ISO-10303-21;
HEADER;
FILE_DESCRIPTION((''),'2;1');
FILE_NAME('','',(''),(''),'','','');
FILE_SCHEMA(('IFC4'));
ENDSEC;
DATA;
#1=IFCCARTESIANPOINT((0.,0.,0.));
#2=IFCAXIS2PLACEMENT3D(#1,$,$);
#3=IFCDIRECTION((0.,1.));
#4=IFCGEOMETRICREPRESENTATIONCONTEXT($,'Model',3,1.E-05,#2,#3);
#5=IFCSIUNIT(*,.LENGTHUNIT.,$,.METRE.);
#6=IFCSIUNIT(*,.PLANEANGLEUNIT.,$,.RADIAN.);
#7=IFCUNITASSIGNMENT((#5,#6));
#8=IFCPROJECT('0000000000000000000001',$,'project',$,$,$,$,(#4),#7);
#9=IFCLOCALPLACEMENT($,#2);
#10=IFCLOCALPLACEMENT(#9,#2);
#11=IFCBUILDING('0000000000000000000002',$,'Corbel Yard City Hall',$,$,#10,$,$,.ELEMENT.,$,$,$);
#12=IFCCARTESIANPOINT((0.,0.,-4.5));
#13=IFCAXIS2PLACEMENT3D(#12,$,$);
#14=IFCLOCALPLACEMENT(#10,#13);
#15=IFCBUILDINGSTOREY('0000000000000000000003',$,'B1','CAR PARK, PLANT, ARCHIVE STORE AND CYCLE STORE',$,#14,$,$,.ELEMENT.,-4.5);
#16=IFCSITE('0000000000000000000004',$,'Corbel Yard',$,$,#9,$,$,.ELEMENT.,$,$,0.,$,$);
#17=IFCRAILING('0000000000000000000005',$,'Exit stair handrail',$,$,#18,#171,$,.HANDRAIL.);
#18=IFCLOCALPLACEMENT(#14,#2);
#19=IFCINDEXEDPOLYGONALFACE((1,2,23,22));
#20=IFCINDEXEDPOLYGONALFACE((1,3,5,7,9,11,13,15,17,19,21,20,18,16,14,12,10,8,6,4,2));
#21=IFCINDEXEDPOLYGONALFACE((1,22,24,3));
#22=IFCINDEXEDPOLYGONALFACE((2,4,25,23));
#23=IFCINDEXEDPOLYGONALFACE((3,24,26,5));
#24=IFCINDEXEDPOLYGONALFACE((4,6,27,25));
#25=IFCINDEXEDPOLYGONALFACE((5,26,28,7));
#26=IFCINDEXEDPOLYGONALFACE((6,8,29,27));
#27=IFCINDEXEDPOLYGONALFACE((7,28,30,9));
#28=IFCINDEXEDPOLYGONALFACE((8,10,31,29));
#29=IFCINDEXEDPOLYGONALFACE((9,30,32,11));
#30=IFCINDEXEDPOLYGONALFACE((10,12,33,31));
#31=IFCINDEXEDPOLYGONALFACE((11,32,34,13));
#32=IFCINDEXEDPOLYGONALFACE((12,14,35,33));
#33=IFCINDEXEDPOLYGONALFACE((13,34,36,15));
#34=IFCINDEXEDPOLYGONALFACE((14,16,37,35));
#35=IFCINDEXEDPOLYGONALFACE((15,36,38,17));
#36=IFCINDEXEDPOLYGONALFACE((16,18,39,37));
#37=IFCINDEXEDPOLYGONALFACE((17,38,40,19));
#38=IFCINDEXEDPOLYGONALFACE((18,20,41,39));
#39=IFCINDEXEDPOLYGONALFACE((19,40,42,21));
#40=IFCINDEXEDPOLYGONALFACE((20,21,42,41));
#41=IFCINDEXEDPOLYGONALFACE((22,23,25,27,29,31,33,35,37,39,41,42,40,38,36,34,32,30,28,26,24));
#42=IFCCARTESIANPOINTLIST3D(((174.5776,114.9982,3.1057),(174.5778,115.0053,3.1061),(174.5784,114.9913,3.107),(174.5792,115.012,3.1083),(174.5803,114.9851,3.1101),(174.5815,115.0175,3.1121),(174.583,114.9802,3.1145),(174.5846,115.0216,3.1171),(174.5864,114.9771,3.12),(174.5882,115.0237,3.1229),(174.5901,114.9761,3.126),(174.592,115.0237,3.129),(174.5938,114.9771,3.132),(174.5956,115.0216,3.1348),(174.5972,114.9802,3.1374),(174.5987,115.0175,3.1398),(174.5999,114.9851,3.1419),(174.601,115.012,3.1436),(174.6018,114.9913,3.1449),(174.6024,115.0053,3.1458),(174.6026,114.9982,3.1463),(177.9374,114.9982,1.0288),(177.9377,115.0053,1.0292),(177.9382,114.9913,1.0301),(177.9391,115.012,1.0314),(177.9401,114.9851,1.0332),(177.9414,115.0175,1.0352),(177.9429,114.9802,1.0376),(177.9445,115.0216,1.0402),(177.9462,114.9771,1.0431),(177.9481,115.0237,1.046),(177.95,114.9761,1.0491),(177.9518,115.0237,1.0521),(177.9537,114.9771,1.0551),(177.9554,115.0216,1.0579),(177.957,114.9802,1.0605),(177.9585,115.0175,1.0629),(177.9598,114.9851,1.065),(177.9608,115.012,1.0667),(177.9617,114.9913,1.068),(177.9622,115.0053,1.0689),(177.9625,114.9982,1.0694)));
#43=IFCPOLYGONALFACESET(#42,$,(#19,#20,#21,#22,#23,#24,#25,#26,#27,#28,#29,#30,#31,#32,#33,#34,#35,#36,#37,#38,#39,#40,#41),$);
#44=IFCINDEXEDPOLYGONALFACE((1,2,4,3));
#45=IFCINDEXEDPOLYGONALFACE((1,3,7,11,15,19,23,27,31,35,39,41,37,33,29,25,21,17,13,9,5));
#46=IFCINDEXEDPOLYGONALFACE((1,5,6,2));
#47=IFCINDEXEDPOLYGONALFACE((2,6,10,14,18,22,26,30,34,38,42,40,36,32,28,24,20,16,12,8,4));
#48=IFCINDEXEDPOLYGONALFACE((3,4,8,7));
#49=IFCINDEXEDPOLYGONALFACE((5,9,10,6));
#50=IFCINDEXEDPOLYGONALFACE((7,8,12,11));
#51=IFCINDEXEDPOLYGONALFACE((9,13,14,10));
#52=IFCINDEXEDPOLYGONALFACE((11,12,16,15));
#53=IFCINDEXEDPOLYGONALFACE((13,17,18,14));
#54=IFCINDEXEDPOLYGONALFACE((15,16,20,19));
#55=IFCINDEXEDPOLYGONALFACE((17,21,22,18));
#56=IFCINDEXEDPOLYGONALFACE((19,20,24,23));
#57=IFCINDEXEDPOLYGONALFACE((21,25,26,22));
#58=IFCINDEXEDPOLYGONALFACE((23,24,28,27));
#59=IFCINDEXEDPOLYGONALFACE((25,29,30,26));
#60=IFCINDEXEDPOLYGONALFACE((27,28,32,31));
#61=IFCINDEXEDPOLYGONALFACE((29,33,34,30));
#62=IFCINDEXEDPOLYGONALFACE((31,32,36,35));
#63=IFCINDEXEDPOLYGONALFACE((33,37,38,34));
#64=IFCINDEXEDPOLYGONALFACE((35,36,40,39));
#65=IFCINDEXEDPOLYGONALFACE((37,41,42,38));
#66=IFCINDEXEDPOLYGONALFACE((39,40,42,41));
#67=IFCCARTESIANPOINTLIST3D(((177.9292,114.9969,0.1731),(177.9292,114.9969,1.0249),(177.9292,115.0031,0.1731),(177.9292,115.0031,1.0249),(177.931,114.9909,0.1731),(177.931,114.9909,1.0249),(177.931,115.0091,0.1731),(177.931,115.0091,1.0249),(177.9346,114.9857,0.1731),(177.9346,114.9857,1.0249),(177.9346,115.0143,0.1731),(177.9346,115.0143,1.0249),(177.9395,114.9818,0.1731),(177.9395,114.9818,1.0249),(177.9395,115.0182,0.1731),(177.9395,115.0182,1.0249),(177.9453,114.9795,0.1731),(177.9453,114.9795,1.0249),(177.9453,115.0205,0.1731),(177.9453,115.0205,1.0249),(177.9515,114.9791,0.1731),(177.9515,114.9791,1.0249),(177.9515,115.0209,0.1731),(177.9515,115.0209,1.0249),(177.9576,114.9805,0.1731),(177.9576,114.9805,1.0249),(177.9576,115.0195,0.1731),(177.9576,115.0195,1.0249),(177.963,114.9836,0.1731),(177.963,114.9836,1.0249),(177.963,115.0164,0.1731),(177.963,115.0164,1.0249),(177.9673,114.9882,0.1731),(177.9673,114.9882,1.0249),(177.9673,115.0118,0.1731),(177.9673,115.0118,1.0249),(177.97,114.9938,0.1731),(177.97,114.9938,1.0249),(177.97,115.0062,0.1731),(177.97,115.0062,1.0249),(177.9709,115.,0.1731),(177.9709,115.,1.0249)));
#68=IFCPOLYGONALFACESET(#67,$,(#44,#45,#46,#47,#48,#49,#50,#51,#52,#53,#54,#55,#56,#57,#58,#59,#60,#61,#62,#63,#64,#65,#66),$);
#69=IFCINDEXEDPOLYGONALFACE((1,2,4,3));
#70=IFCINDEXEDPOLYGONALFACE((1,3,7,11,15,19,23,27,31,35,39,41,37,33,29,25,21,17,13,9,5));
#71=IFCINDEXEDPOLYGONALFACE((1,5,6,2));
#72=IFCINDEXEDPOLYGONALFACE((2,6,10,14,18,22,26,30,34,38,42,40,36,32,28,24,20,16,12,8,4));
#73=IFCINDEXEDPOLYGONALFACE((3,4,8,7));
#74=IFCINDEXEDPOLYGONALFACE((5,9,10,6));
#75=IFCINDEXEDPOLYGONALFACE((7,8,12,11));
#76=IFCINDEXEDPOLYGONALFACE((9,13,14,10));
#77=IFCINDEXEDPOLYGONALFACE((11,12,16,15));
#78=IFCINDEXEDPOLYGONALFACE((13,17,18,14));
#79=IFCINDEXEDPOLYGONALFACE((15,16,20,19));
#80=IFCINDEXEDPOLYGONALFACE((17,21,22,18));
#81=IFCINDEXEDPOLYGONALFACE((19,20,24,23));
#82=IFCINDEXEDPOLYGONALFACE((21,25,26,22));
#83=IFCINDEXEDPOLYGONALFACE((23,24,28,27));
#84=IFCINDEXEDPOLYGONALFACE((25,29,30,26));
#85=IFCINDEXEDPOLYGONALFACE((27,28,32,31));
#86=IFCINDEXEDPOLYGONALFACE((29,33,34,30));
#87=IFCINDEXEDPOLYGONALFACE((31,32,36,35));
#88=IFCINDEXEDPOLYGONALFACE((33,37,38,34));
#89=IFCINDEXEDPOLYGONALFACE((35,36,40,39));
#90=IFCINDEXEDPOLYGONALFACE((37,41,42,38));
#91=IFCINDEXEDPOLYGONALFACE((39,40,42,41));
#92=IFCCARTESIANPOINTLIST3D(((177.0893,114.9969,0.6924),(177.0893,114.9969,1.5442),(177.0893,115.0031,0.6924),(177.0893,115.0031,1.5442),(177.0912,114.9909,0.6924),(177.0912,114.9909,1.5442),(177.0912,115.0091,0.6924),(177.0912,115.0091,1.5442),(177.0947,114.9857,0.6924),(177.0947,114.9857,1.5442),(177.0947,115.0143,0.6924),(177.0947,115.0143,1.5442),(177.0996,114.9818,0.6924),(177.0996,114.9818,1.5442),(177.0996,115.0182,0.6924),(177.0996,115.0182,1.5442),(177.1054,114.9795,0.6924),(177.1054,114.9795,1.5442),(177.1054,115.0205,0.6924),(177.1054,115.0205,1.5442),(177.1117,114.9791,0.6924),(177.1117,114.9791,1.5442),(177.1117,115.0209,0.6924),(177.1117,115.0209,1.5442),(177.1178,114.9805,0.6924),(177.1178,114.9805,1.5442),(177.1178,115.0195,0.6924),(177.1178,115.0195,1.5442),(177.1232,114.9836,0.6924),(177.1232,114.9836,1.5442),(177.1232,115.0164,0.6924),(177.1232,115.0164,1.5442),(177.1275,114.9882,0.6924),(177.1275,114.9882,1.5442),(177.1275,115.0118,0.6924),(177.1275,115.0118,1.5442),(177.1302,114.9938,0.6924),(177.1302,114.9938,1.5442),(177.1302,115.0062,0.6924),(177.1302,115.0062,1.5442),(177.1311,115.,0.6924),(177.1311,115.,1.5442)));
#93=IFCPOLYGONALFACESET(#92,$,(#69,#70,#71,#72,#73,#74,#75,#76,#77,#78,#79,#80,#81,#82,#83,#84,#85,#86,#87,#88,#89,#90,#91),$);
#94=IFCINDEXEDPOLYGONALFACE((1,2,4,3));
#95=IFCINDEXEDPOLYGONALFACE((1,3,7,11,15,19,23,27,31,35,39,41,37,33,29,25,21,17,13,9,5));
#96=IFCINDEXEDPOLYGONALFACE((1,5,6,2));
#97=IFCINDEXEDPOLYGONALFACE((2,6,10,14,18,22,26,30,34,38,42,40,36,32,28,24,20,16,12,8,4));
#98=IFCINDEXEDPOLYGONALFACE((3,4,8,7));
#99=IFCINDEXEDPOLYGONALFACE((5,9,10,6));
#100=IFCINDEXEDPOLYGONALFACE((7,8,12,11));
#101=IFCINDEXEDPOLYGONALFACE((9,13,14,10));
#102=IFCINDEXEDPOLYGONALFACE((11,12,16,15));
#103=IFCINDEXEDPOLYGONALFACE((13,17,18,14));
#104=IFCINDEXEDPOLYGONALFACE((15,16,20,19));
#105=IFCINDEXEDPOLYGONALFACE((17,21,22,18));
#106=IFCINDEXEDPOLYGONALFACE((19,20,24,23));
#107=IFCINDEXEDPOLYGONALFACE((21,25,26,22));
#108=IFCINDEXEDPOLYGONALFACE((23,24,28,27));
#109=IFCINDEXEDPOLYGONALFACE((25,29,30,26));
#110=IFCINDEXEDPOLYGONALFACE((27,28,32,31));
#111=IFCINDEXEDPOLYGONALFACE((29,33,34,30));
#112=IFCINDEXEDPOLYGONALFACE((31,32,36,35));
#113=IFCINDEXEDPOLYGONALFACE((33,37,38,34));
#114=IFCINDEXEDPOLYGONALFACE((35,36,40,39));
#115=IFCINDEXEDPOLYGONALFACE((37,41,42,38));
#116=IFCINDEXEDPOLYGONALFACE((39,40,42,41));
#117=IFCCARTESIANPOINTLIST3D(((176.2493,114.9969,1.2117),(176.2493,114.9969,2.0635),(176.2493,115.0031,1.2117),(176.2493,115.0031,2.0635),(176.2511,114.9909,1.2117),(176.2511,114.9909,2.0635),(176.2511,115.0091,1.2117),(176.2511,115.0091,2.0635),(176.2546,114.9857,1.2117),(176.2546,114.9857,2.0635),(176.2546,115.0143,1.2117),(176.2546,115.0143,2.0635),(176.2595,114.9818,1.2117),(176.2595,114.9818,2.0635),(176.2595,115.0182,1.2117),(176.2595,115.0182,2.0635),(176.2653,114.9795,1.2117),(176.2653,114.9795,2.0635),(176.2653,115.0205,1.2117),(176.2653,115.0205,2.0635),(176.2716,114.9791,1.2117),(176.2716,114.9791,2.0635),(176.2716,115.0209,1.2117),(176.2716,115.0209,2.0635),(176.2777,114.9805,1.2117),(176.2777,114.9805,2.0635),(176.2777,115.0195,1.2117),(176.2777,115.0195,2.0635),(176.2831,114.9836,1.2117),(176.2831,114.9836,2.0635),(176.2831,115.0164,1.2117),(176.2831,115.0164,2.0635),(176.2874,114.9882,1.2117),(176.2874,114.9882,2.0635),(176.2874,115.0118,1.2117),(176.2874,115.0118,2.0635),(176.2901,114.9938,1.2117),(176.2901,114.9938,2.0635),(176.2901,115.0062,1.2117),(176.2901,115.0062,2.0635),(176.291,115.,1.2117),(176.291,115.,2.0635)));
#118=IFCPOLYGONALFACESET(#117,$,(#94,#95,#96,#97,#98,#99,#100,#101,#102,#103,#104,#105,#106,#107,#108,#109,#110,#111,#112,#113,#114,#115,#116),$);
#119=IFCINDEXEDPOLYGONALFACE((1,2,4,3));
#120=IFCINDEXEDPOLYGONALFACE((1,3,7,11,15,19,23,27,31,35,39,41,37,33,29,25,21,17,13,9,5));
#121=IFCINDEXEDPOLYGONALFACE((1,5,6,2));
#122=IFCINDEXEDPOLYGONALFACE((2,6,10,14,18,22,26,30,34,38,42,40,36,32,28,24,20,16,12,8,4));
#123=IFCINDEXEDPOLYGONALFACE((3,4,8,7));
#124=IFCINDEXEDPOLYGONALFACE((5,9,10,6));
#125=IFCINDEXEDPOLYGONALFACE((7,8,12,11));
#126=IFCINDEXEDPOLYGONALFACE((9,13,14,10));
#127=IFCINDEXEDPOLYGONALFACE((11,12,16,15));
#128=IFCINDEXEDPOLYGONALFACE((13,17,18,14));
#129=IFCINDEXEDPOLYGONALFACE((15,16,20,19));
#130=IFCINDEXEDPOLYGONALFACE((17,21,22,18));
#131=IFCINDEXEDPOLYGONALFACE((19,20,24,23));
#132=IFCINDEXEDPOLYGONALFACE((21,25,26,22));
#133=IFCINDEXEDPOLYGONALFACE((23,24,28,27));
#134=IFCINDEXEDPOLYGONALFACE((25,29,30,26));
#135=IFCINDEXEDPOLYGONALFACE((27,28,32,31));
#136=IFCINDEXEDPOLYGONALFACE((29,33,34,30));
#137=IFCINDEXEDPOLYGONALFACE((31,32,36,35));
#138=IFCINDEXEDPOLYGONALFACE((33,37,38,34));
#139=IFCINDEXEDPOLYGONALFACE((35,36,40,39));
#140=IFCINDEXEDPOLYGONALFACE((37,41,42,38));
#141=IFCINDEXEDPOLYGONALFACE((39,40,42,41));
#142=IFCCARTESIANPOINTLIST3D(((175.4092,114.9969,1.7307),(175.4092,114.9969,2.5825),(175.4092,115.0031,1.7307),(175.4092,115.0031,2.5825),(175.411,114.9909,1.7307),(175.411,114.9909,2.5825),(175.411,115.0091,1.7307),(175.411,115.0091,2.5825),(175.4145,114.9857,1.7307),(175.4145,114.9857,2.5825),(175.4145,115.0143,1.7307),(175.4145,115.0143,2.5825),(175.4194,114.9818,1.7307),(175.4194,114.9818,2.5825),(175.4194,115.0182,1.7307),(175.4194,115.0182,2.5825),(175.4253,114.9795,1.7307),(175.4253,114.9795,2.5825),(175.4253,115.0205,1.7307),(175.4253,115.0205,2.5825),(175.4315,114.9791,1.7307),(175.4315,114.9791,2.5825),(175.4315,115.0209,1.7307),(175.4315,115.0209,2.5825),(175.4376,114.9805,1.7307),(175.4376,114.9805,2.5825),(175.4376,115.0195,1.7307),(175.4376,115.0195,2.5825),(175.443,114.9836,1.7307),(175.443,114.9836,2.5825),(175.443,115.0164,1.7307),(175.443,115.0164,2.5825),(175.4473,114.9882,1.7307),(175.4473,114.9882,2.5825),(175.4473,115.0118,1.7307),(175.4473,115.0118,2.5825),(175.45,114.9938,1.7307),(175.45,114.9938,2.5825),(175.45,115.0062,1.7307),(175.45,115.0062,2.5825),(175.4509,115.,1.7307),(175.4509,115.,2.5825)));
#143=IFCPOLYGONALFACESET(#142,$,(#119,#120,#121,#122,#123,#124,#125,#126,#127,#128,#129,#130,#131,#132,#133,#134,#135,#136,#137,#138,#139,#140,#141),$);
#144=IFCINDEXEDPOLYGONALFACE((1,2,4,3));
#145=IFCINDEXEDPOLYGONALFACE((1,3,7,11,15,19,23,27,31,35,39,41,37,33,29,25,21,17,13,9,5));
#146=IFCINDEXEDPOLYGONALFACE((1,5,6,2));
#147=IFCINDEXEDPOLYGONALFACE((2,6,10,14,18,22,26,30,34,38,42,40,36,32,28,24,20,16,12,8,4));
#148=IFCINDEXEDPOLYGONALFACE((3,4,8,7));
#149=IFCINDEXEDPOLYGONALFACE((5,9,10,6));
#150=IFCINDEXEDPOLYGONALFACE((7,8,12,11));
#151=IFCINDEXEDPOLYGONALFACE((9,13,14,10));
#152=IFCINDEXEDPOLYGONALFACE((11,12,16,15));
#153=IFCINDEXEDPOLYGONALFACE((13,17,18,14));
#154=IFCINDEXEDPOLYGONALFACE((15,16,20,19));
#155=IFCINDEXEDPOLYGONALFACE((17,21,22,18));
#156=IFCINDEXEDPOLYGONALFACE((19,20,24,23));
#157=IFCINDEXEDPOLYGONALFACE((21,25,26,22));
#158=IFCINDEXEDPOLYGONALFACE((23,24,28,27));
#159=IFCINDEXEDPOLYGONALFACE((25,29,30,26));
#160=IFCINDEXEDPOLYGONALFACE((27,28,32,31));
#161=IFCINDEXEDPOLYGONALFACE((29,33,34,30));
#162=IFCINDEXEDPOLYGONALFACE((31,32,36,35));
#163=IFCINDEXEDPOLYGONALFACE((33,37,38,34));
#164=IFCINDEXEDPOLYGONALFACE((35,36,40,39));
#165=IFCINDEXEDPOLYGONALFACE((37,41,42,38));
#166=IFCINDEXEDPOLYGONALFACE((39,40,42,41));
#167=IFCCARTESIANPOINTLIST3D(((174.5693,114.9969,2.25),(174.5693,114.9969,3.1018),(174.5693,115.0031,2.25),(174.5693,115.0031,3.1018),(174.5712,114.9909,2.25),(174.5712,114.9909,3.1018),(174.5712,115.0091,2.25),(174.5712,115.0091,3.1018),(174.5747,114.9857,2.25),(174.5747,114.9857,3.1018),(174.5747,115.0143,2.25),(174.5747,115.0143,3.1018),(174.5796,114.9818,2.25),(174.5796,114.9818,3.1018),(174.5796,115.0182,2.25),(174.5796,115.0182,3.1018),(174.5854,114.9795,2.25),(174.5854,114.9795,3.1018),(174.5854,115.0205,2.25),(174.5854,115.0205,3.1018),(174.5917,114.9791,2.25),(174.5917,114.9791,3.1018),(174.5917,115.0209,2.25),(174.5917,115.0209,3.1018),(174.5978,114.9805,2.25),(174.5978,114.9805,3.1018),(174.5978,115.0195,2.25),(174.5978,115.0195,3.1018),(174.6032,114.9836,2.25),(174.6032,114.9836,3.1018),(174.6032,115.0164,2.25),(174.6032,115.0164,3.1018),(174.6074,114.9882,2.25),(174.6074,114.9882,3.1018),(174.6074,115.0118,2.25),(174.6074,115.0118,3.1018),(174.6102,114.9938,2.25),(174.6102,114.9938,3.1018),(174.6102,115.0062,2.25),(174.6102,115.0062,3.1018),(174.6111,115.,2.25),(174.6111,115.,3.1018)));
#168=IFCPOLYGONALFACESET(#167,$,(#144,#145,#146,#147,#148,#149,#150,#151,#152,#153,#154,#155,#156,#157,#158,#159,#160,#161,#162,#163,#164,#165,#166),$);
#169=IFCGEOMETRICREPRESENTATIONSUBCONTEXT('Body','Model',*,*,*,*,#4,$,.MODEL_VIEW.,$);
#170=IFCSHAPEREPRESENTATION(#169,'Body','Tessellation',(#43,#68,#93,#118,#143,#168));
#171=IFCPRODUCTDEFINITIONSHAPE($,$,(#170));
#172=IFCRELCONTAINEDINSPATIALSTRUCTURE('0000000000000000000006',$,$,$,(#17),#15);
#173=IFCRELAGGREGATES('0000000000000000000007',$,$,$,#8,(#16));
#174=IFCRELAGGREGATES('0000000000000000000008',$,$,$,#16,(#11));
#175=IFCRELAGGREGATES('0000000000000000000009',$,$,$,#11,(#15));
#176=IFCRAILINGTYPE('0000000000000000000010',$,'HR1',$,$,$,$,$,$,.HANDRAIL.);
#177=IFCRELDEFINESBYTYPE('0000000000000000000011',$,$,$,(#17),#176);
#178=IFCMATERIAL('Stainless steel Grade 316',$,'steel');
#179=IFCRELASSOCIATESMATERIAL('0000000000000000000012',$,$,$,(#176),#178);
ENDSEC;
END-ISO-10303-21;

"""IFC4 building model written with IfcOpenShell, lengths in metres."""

from ifc_helpers import new_model, si_unit, direction, frame, origin, origin_2d, place, context, subcontext, project, spatial, circle, extrude, material, type_object, element, save


model = new_model("IFC4")

# Units and contexts
model_context = context("Model", 3, precision=1e-05, world=origin(), true_north=direction((0.0, 1.0)))
body_context = subcontext(model_context, "Body", "Model", "MODEL_VIEW")
ifc_project = project(units=[si_unit("LENGTHUNIT", "METRE"), si_unit("PLANEANGLEUNIT", "RADIAN")], contexts=[model_context])

# Site, building, storey
site_placement = place(None, origin())
site = spatial("IfcSite", under=ifc_project, at=site_placement, Name="Corbel Yard", CompositionType="ELEMENT", RefElevation=0.0)
building_placement = place(site_placement, origin())
building = spatial("IfcBuilding", under=site, at=building_placement, Name="Corbel Yard City Hall", CompositionType="ELEMENT")
storey_placement = place(building_placement, frame((0.0, 0.0, -4.5)))
storey = spatial("IfcBuildingStorey", under=building, at=storey_placement, Name="B1", Description="CAR PARK, PLANT, ARCHIVE STORE AND CYCLE STORE", CompositionType="ELEMENT", Elevation=-4.5)

# Shared definitions
ifc_material_1 = material(Name="Stainless steel Grade 316", Category="steel")

# Railing
railing_type = type_object("IfcRailingType", Name="HR1", PredefinedType="HANDRAIL", material=ifc_material_1)
for number, where, name in (
    (1, (177.95, 115.0, 0.1731), "Exit stair handrail"),
):
    element("IfcRailing", number, at=place(storey_placement, frame(where)), inside=storey, type_object=railing_type, Name=name, PredefinedType="HANDRAIL", context=body_context, shape_type="SweptSolid", body=[
        extrude(circle(Radius=0.0239, at=origin_2d()), frame((0.0, 0.0, 0.876), z_axis=(-0.850606, 0.0, 0.525803), x_axis=(0.0, -1.0, 0.0)), (0.0, 0.0, 1.0), 3.95),
        extrude(circle(Radius=0.021, at=origin_2d()), origin(), (0.0, 0.0, 1.0), 0.8518),
        extrude(circle(Radius=0.021, at=origin_2d()), frame((-0.8398, 0.0, 0.5193)), (0.0, 0.0, 1.0), 0.8518),
        extrude(circle(Radius=0.021, at=origin_2d()), frame((-1.6799, 0.0, 1.0386)), (0.0, 0.0, 1.0), 0.8518),
        extrude(circle(Radius=0.021, at=origin_2d()), frame((-2.52, 0.0, 1.5576)), (0.0, 0.0, 1.0), 0.8518),
        extrude(circle(Radius=0.021, at=origin_2d()), frame((-3.3599, 0.0, 2.0769)), (0.0, 0.0, 1.0), 0.8518),
    ])

save(model, "model.ifc")
